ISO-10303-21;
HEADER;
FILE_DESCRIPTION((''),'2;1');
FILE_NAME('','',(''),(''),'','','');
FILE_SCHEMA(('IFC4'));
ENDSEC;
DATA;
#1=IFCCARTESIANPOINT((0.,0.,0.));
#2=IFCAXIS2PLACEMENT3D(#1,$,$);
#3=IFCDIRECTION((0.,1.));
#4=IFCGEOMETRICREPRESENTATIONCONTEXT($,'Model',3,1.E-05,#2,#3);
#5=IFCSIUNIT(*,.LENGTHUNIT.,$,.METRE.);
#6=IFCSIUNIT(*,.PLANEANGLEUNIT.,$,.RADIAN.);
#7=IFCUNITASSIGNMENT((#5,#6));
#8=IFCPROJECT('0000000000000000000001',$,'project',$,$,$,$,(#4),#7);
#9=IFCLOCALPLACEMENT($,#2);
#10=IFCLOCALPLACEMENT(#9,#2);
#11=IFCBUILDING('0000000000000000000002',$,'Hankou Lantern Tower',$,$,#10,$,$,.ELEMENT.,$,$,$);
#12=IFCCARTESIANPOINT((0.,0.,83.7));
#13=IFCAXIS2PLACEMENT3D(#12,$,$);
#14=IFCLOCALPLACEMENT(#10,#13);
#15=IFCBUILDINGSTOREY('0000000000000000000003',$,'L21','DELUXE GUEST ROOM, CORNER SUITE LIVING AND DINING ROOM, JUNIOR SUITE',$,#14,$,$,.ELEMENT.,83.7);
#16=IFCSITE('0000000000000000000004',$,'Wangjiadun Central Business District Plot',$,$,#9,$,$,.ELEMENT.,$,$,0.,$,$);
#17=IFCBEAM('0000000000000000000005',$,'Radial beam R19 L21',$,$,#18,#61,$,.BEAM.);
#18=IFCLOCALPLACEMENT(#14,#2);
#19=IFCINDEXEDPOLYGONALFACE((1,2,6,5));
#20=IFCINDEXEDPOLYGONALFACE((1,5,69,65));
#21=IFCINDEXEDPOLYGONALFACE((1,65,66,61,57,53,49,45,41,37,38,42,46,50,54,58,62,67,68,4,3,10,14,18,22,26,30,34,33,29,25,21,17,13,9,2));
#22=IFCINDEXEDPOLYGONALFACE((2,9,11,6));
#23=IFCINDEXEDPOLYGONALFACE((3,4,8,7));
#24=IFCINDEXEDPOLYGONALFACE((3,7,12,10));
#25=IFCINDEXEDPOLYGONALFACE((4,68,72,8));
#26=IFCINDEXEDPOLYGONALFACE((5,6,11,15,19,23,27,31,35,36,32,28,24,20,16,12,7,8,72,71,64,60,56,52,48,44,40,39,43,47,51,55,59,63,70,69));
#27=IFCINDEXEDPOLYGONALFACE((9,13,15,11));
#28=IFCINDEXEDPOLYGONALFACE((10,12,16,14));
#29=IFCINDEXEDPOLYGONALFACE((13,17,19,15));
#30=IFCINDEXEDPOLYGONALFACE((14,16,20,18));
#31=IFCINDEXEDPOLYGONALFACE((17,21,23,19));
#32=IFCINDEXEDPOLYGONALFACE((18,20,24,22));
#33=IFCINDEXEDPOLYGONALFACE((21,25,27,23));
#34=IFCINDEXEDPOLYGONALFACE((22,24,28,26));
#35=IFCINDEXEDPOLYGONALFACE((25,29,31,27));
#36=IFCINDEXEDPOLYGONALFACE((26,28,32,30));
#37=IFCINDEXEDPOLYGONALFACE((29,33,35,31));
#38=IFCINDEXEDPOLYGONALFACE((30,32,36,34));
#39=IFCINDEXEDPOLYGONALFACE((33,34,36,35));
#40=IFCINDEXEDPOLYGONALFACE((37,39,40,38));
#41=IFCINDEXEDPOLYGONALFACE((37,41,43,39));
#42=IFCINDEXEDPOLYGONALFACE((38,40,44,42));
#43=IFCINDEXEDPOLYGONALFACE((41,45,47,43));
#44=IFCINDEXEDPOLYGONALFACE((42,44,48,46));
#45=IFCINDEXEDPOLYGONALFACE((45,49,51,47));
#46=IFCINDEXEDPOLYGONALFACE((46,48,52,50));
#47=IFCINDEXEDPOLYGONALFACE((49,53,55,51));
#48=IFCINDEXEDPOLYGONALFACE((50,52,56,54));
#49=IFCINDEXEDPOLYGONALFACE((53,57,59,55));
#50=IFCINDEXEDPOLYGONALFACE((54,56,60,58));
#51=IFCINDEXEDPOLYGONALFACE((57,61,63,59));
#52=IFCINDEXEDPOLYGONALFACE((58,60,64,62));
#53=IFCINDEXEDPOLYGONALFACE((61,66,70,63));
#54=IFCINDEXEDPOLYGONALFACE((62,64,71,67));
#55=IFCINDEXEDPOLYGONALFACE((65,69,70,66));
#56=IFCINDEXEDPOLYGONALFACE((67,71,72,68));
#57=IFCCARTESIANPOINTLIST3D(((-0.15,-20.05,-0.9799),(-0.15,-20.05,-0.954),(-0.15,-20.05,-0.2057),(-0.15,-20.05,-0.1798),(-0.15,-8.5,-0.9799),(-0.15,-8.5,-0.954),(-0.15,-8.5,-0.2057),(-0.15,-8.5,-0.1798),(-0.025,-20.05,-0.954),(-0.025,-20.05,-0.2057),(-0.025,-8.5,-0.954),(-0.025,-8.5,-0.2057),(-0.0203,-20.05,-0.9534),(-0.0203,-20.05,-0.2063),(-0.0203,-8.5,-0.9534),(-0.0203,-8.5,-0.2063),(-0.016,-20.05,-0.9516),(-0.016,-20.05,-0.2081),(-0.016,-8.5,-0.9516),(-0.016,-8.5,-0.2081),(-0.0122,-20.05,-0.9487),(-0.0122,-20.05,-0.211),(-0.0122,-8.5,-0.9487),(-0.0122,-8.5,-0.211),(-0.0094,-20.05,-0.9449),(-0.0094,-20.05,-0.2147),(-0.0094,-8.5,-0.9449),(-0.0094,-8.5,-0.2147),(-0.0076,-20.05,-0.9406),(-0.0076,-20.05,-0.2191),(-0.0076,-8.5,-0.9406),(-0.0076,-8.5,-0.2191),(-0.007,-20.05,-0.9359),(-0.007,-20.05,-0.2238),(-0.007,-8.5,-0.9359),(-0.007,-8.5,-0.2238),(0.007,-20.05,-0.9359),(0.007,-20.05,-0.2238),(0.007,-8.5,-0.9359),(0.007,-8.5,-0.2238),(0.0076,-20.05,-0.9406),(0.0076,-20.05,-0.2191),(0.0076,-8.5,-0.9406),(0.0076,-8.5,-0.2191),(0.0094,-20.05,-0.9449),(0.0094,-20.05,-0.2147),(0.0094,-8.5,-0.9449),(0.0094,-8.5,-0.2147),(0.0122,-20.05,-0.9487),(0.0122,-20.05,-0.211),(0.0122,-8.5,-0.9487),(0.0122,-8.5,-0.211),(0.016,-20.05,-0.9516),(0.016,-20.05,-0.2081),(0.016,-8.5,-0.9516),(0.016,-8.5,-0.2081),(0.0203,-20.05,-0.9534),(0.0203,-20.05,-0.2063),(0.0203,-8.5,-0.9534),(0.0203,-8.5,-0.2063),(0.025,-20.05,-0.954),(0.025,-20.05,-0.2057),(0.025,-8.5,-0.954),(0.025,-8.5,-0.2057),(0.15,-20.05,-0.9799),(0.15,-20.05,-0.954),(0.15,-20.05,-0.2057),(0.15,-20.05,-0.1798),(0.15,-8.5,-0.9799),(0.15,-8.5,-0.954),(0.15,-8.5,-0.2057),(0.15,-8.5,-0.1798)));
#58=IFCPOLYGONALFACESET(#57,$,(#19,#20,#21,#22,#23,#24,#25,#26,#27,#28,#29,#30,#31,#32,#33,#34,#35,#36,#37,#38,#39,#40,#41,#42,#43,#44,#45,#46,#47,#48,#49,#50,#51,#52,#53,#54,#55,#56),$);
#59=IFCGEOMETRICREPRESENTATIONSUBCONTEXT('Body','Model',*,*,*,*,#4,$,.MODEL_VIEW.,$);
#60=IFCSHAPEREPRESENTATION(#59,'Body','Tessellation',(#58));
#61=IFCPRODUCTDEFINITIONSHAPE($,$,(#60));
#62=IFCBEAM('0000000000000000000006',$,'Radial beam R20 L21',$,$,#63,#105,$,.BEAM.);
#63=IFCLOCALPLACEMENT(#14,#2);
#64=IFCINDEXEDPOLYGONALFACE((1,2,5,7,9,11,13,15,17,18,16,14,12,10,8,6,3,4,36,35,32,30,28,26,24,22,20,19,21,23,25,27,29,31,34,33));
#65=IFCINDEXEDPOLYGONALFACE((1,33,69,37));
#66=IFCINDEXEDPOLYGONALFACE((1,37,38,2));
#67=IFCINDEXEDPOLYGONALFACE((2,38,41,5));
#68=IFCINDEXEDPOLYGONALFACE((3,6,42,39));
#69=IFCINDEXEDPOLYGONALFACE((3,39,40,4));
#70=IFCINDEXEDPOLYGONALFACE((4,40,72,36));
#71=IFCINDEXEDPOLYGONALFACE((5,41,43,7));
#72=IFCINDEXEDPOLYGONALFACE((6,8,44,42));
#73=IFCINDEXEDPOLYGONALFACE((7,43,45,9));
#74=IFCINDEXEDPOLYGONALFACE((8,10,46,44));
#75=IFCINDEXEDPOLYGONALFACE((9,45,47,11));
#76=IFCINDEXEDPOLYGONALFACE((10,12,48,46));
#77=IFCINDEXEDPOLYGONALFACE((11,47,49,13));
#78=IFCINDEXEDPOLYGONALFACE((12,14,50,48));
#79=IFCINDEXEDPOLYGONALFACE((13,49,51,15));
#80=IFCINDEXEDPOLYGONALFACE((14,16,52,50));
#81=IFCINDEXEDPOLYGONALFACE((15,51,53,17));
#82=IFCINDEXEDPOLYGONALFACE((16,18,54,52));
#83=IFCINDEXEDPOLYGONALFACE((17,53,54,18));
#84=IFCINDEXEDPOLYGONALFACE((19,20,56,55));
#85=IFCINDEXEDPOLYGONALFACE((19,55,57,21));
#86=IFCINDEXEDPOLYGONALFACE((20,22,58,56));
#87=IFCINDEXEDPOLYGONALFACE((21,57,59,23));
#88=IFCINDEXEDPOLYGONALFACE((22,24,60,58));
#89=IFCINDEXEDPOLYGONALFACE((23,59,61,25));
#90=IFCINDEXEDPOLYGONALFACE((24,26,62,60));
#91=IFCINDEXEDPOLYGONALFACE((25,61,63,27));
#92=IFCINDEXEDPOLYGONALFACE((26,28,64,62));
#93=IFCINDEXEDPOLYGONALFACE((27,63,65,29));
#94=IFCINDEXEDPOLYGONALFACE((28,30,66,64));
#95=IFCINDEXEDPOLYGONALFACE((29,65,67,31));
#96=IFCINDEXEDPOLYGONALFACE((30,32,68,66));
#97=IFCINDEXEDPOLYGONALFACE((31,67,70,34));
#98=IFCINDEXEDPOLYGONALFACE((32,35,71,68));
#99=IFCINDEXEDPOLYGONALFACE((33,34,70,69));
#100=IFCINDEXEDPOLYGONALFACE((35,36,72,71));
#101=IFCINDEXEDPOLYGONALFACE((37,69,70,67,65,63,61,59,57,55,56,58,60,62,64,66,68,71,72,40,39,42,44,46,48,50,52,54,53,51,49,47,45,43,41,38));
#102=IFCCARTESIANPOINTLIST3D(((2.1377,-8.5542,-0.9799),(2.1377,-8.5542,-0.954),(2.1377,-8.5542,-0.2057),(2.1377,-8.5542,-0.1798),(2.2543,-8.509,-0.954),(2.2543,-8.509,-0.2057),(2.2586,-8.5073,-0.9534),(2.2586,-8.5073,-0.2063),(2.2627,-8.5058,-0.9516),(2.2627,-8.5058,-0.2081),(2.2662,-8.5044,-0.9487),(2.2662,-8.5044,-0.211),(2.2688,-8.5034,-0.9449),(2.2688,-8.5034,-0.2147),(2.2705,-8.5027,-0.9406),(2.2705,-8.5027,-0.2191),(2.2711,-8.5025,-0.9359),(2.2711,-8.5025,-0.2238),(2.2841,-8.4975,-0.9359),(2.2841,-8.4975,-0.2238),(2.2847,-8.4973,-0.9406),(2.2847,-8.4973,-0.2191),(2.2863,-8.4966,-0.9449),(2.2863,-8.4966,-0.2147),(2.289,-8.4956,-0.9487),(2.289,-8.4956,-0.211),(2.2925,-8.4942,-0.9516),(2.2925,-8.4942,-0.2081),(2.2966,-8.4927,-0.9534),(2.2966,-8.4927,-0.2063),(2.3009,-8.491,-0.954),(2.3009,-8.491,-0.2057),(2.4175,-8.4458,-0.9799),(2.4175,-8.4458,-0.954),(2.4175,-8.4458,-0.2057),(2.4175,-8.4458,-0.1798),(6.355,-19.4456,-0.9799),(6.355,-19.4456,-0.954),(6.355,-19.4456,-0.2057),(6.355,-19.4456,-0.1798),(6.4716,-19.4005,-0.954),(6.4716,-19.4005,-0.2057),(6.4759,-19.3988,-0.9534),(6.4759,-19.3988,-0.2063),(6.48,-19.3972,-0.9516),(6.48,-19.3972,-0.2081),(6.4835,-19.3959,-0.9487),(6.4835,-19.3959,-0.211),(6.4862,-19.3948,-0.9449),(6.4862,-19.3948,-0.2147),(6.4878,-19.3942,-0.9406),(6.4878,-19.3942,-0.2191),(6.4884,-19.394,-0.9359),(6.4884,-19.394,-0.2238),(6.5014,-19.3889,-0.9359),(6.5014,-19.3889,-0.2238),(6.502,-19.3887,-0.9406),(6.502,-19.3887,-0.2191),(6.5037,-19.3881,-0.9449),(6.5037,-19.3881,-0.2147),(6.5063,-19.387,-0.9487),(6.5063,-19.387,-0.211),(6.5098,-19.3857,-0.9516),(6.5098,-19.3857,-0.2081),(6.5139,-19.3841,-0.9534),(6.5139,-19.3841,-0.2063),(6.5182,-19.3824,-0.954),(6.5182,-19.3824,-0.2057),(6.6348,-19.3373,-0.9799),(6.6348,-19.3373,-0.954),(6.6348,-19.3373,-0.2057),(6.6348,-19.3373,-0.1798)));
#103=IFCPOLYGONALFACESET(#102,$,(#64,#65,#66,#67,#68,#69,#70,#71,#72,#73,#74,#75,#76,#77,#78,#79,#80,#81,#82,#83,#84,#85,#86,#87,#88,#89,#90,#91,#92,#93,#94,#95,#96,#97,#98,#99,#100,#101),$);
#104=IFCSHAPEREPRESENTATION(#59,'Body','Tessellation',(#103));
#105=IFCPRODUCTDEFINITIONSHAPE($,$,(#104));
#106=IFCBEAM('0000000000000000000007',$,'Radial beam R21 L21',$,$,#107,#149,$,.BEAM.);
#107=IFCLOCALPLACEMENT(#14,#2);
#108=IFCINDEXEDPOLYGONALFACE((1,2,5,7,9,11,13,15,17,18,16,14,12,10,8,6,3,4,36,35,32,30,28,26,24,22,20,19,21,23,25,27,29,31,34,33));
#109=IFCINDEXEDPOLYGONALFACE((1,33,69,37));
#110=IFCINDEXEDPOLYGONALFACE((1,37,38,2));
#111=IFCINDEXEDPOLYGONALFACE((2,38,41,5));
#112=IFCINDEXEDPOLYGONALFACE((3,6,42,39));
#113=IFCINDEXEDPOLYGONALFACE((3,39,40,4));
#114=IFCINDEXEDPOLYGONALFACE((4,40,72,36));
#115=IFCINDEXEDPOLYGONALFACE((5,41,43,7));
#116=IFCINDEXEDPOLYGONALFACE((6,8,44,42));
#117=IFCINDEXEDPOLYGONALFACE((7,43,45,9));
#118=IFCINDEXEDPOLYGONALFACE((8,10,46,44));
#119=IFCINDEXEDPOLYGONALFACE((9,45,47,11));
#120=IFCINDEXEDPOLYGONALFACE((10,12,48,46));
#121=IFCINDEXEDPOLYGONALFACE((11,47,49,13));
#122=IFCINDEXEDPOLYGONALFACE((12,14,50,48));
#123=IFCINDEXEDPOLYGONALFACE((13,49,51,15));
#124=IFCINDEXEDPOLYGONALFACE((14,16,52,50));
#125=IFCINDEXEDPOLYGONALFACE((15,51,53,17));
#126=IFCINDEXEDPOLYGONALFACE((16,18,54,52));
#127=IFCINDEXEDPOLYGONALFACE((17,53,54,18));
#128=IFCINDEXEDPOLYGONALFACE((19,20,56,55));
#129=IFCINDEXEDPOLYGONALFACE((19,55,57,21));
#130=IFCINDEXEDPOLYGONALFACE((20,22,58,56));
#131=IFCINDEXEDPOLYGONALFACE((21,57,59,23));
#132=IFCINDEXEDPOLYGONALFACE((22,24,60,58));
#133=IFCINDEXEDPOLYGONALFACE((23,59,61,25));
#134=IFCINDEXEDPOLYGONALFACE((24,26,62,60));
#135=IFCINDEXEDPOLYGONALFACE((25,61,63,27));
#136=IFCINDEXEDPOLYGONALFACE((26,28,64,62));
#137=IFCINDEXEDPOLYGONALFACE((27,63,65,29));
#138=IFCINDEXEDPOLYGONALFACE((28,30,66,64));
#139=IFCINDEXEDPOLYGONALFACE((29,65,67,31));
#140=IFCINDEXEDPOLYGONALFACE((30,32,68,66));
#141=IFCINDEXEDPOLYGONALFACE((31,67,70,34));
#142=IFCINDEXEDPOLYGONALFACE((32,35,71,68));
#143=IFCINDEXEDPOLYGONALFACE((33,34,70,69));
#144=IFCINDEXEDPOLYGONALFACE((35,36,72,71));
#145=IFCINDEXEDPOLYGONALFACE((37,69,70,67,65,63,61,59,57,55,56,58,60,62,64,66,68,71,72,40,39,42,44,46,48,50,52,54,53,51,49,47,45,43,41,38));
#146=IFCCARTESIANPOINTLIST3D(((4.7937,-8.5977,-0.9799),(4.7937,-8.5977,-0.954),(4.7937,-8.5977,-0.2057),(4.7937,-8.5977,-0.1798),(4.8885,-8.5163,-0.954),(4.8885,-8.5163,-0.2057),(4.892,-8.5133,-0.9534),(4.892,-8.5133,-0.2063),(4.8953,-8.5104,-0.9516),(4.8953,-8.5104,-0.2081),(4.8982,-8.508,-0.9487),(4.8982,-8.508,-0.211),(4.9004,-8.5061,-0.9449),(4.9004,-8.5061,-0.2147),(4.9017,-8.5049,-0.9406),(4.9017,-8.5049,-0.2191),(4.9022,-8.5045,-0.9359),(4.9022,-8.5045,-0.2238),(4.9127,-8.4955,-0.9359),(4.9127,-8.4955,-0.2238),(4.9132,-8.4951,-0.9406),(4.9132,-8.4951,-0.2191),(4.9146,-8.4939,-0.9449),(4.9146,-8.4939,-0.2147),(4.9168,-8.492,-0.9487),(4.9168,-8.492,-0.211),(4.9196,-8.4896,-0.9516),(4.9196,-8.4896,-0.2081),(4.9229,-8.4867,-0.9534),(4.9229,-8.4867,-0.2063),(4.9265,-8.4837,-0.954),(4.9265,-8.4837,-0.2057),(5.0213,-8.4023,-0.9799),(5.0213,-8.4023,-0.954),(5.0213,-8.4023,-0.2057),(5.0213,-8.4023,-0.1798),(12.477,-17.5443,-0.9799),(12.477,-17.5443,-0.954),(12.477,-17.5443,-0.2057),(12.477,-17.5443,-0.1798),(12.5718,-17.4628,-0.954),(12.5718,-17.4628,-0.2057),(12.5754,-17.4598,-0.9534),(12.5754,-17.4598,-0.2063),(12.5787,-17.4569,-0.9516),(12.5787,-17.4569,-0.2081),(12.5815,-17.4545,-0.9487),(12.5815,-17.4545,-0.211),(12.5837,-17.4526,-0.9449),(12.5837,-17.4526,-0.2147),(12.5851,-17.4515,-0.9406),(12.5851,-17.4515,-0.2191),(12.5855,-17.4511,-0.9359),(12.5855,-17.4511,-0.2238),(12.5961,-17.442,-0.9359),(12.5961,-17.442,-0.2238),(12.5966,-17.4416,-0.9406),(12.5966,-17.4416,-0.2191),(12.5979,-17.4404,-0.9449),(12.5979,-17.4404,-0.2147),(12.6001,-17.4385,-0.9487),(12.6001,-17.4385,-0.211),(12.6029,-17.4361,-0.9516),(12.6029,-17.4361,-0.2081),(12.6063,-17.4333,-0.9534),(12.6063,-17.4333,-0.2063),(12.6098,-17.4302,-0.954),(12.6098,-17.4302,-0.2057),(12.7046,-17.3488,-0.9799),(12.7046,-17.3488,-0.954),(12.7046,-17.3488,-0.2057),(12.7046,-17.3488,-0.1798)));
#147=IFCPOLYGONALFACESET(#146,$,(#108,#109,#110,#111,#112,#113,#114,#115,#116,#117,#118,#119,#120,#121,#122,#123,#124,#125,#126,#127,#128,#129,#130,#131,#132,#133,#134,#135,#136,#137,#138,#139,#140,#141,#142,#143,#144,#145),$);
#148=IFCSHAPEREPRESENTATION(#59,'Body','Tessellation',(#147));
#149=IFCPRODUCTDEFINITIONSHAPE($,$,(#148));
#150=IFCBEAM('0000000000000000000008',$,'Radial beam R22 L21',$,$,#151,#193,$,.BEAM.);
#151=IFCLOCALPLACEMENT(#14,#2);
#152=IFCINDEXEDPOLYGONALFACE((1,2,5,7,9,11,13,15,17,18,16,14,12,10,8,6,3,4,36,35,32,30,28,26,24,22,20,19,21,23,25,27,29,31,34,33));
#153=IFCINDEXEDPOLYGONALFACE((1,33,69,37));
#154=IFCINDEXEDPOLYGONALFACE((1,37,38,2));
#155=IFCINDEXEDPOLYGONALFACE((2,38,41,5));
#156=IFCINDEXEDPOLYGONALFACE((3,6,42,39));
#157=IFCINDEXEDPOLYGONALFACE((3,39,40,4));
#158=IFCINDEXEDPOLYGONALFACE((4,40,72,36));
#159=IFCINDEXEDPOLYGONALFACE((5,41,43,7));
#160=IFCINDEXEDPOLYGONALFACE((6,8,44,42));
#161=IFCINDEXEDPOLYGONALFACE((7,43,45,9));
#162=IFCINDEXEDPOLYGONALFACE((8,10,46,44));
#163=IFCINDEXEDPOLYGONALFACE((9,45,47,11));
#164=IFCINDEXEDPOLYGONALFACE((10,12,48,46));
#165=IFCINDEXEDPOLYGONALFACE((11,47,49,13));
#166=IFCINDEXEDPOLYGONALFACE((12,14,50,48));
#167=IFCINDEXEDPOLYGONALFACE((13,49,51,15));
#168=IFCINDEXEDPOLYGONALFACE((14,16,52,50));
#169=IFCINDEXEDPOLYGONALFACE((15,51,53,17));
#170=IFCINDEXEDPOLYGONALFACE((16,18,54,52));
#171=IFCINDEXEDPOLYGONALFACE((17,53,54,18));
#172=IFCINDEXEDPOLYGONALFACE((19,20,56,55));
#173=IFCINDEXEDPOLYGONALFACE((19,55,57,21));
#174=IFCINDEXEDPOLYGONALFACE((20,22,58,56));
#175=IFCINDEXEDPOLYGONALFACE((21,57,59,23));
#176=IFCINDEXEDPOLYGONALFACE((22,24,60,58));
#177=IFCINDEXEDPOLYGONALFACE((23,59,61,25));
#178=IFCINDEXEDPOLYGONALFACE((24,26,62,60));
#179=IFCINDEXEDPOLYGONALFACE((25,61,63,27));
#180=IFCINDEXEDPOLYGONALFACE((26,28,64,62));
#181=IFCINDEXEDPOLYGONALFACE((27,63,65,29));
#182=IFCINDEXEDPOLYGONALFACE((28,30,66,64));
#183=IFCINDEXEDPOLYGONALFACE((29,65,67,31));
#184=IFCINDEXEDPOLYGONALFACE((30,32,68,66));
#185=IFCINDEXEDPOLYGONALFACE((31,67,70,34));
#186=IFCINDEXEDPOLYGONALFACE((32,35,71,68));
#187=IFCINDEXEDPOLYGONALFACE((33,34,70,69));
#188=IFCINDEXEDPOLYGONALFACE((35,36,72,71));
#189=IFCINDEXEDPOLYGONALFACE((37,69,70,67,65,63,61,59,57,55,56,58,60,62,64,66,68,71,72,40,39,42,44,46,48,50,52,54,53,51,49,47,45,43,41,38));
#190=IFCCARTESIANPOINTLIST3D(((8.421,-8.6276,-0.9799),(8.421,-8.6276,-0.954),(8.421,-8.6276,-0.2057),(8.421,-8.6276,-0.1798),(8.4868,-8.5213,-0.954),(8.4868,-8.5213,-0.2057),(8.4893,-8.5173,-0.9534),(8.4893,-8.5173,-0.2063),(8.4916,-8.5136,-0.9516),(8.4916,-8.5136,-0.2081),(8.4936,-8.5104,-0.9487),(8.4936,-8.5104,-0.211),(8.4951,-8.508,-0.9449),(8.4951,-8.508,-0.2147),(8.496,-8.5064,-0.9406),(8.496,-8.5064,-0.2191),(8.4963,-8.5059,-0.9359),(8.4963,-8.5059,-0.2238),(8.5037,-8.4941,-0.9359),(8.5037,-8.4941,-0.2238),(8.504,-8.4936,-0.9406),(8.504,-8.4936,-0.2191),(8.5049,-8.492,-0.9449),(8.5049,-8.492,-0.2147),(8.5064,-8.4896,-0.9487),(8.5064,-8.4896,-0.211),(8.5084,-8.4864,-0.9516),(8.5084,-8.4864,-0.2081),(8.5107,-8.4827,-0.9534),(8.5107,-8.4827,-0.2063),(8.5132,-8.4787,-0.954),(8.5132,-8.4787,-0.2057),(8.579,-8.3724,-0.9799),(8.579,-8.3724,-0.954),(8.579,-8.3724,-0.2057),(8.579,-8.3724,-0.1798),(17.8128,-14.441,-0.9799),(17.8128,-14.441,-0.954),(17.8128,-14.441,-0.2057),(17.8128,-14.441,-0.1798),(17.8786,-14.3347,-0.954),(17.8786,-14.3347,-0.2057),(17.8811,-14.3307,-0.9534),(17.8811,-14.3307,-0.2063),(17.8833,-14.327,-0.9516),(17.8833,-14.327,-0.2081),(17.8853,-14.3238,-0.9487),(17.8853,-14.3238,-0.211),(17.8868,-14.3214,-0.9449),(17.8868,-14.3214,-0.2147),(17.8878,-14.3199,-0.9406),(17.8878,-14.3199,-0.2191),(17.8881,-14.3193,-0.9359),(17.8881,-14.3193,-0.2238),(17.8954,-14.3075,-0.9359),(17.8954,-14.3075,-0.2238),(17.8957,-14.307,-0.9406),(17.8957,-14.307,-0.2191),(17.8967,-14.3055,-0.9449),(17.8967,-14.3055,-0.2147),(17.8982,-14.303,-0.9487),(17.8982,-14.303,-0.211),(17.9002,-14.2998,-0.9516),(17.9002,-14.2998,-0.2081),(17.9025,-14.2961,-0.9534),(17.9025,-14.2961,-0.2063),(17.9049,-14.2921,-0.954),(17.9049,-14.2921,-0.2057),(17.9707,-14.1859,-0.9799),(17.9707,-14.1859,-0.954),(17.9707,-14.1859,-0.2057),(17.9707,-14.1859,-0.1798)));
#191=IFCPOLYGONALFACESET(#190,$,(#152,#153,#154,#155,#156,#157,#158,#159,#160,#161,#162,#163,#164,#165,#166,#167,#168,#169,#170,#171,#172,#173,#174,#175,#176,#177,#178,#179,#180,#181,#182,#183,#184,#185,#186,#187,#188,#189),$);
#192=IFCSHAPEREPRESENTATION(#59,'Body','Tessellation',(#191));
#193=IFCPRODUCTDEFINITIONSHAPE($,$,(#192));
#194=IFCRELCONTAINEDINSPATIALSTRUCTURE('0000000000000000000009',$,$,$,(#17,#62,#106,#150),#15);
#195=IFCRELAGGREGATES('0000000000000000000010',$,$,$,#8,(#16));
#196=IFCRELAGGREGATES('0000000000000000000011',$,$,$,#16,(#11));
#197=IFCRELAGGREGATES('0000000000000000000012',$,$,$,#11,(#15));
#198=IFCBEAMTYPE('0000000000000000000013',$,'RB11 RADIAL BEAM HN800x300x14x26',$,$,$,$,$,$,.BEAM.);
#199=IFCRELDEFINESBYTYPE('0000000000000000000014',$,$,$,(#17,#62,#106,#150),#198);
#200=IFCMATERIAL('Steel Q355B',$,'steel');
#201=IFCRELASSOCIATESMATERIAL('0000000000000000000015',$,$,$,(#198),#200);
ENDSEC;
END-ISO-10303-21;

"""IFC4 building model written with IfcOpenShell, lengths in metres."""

from ifc_helpers import new_model, si_unit, direction, frame, origin, origin_2d, place, context, subcontext, project, spatial, i_section, extrude, material, material_profile, profile_set, type_object, element, save


model = new_model("IFC4")

# Units and contexts
model_context = context("Model", 3, precision=1e-05, world=origin(), true_north=direction((0.0, 1.0)))
body_context = subcontext(model_context, "Body", "Model", "MODEL_VIEW")
ifc_project = project(units=[si_unit("LENGTHUNIT", "METRE"), si_unit("PLANEANGLEUNIT", "RADIAN")], contexts=[model_context])

# Site, building, storey
site_placement = place(None, origin())
site = spatial("IfcSite", under=ifc_project, at=site_placement, Name="Wangjiadun Central Business District Plot", CompositionType="ELEMENT", RefElevation=0.0)
building_placement = place(site_placement, origin())
building = spatial("IfcBuilding", under=site, at=building_placement, Name="Hankou Lantern Tower", CompositionType="ELEMENT")
storey_placement = place(building_placement, frame((0.0, 0.0, 83.7)))
storey = spatial("IfcBuildingStorey", under=building, at=storey_placement, Name="L21", Description="DELUXE GUEST ROOM, CORNER SUITE LIVING AND DINING ROOM, JUNIOR SUITE", CompositionType="ELEMENT", Elevation=83.7)

# Beams
ifc_material_1 = material(Name="Steel Q355B", Category="steel")
ifc_material_profile_1 = material_profile(ifc_material_1, i_section(OverallWidth=0.3, OverallDepth=0.8, WebThickness=0.0139, FlangeThickness=0.0259, FilletRadius=0.0181, at=origin_2d()), Name="HN800x300x14x26")
ifc_profile_set_1 = profile_set([ifc_material_profile_1], Name="Steel Q355B")
beam_type_1 = type_object("IfcBeamType", Name="RB11 RADIAL BEAM HN800x300x14x26", PredefinedType="BEAM", material=ifc_profile_set_1)
beam_1_placement = place(storey_placement, frame((0.0, -8.5, -0.5798), z_axis=(0.0, -1.0, 0.0), x_axis=(1.0, 0.0, 0.0)))
element("IfcBeam", 1, at=beam_1_placement, inside=storey, type_object=beam_type_1, Name="Radial beam R19 L21", PredefinedType="BEAM", context=body_context, shape_type="SweptSolid", body=[
    extrude(i_section(OverallWidth=0.3, OverallDepth=0.8, WebThickness=0.0139, FlangeThickness=0.0259, FilletRadius=0.0181, at=origin_2d()), origin(), (0.0, 0.0, 1.0), 11.55),
])
beam_2_placement = place(storey_placement, frame((2.2776, -8.5, -0.5798), z_axis=(0.361089, -0.932531, 0.0), x_axis=(0.932531, 0.361089, 0.0)))
element("IfcBeam", 2, at=beam_2_placement, inside=storey, type_object=beam_type_1, Name="Radial beam R20 L21", PredefinedType="BEAM", context=body_context, shape_type="SweptSolid", body=[
    extrude(i_section(OverallWidth=0.3, OverallDepth=0.8, WebThickness=0.0139, FlangeThickness=0.0259, FilletRadius=0.0181, at=origin_2d()), origin(), (0.0, 0.0, 1.0), 11.6794),
])
beam_3_placement = place(storey_placement, frame((4.9075, -8.5, -0.5798), z_axis=(0.651519, -0.758632, 0.0), x_axis=(0.758632, 0.651519, 0.0)))
element("IfcBeam", 3, at=beam_3_placement, inside=storey, type_object=beam_type_1, Name="Radial beam R21 L21", PredefinedType="BEAM", context=body_context, shape_type="SweptSolid", body=[
    extrude(i_section(OverallWidth=0.3, OverallDepth=0.8, WebThickness=0.0139, FlangeThickness=0.0259, FilletRadius=0.0181, at=origin_2d()), origin(), (0.0, 0.0, 1.0), 11.793),
])
beam_4_placement = place(storey_placement, frame((8.5, -8.5, -0.5798), z_axis=(0.850286, -0.52632, 0.0), x_axis=(0.52632, 0.850286, 0.0)))
element("IfcBeam", 4, at=beam_4_placement, inside=storey, type_object=beam_type_1, Name="Radial beam R22 L21", PredefinedType="BEAM", context=body_context, shape_type="SweptSolid", body=[
    extrude(i_section(OverallWidth=0.3, OverallDepth=0.8, WebThickness=0.0139, FlangeThickness=0.0259, FilletRadius=0.0181, at=origin_2d()), origin(), (0.0, 0.0, 1.0), 11.0454),
])

save(model, "model.ifc")
